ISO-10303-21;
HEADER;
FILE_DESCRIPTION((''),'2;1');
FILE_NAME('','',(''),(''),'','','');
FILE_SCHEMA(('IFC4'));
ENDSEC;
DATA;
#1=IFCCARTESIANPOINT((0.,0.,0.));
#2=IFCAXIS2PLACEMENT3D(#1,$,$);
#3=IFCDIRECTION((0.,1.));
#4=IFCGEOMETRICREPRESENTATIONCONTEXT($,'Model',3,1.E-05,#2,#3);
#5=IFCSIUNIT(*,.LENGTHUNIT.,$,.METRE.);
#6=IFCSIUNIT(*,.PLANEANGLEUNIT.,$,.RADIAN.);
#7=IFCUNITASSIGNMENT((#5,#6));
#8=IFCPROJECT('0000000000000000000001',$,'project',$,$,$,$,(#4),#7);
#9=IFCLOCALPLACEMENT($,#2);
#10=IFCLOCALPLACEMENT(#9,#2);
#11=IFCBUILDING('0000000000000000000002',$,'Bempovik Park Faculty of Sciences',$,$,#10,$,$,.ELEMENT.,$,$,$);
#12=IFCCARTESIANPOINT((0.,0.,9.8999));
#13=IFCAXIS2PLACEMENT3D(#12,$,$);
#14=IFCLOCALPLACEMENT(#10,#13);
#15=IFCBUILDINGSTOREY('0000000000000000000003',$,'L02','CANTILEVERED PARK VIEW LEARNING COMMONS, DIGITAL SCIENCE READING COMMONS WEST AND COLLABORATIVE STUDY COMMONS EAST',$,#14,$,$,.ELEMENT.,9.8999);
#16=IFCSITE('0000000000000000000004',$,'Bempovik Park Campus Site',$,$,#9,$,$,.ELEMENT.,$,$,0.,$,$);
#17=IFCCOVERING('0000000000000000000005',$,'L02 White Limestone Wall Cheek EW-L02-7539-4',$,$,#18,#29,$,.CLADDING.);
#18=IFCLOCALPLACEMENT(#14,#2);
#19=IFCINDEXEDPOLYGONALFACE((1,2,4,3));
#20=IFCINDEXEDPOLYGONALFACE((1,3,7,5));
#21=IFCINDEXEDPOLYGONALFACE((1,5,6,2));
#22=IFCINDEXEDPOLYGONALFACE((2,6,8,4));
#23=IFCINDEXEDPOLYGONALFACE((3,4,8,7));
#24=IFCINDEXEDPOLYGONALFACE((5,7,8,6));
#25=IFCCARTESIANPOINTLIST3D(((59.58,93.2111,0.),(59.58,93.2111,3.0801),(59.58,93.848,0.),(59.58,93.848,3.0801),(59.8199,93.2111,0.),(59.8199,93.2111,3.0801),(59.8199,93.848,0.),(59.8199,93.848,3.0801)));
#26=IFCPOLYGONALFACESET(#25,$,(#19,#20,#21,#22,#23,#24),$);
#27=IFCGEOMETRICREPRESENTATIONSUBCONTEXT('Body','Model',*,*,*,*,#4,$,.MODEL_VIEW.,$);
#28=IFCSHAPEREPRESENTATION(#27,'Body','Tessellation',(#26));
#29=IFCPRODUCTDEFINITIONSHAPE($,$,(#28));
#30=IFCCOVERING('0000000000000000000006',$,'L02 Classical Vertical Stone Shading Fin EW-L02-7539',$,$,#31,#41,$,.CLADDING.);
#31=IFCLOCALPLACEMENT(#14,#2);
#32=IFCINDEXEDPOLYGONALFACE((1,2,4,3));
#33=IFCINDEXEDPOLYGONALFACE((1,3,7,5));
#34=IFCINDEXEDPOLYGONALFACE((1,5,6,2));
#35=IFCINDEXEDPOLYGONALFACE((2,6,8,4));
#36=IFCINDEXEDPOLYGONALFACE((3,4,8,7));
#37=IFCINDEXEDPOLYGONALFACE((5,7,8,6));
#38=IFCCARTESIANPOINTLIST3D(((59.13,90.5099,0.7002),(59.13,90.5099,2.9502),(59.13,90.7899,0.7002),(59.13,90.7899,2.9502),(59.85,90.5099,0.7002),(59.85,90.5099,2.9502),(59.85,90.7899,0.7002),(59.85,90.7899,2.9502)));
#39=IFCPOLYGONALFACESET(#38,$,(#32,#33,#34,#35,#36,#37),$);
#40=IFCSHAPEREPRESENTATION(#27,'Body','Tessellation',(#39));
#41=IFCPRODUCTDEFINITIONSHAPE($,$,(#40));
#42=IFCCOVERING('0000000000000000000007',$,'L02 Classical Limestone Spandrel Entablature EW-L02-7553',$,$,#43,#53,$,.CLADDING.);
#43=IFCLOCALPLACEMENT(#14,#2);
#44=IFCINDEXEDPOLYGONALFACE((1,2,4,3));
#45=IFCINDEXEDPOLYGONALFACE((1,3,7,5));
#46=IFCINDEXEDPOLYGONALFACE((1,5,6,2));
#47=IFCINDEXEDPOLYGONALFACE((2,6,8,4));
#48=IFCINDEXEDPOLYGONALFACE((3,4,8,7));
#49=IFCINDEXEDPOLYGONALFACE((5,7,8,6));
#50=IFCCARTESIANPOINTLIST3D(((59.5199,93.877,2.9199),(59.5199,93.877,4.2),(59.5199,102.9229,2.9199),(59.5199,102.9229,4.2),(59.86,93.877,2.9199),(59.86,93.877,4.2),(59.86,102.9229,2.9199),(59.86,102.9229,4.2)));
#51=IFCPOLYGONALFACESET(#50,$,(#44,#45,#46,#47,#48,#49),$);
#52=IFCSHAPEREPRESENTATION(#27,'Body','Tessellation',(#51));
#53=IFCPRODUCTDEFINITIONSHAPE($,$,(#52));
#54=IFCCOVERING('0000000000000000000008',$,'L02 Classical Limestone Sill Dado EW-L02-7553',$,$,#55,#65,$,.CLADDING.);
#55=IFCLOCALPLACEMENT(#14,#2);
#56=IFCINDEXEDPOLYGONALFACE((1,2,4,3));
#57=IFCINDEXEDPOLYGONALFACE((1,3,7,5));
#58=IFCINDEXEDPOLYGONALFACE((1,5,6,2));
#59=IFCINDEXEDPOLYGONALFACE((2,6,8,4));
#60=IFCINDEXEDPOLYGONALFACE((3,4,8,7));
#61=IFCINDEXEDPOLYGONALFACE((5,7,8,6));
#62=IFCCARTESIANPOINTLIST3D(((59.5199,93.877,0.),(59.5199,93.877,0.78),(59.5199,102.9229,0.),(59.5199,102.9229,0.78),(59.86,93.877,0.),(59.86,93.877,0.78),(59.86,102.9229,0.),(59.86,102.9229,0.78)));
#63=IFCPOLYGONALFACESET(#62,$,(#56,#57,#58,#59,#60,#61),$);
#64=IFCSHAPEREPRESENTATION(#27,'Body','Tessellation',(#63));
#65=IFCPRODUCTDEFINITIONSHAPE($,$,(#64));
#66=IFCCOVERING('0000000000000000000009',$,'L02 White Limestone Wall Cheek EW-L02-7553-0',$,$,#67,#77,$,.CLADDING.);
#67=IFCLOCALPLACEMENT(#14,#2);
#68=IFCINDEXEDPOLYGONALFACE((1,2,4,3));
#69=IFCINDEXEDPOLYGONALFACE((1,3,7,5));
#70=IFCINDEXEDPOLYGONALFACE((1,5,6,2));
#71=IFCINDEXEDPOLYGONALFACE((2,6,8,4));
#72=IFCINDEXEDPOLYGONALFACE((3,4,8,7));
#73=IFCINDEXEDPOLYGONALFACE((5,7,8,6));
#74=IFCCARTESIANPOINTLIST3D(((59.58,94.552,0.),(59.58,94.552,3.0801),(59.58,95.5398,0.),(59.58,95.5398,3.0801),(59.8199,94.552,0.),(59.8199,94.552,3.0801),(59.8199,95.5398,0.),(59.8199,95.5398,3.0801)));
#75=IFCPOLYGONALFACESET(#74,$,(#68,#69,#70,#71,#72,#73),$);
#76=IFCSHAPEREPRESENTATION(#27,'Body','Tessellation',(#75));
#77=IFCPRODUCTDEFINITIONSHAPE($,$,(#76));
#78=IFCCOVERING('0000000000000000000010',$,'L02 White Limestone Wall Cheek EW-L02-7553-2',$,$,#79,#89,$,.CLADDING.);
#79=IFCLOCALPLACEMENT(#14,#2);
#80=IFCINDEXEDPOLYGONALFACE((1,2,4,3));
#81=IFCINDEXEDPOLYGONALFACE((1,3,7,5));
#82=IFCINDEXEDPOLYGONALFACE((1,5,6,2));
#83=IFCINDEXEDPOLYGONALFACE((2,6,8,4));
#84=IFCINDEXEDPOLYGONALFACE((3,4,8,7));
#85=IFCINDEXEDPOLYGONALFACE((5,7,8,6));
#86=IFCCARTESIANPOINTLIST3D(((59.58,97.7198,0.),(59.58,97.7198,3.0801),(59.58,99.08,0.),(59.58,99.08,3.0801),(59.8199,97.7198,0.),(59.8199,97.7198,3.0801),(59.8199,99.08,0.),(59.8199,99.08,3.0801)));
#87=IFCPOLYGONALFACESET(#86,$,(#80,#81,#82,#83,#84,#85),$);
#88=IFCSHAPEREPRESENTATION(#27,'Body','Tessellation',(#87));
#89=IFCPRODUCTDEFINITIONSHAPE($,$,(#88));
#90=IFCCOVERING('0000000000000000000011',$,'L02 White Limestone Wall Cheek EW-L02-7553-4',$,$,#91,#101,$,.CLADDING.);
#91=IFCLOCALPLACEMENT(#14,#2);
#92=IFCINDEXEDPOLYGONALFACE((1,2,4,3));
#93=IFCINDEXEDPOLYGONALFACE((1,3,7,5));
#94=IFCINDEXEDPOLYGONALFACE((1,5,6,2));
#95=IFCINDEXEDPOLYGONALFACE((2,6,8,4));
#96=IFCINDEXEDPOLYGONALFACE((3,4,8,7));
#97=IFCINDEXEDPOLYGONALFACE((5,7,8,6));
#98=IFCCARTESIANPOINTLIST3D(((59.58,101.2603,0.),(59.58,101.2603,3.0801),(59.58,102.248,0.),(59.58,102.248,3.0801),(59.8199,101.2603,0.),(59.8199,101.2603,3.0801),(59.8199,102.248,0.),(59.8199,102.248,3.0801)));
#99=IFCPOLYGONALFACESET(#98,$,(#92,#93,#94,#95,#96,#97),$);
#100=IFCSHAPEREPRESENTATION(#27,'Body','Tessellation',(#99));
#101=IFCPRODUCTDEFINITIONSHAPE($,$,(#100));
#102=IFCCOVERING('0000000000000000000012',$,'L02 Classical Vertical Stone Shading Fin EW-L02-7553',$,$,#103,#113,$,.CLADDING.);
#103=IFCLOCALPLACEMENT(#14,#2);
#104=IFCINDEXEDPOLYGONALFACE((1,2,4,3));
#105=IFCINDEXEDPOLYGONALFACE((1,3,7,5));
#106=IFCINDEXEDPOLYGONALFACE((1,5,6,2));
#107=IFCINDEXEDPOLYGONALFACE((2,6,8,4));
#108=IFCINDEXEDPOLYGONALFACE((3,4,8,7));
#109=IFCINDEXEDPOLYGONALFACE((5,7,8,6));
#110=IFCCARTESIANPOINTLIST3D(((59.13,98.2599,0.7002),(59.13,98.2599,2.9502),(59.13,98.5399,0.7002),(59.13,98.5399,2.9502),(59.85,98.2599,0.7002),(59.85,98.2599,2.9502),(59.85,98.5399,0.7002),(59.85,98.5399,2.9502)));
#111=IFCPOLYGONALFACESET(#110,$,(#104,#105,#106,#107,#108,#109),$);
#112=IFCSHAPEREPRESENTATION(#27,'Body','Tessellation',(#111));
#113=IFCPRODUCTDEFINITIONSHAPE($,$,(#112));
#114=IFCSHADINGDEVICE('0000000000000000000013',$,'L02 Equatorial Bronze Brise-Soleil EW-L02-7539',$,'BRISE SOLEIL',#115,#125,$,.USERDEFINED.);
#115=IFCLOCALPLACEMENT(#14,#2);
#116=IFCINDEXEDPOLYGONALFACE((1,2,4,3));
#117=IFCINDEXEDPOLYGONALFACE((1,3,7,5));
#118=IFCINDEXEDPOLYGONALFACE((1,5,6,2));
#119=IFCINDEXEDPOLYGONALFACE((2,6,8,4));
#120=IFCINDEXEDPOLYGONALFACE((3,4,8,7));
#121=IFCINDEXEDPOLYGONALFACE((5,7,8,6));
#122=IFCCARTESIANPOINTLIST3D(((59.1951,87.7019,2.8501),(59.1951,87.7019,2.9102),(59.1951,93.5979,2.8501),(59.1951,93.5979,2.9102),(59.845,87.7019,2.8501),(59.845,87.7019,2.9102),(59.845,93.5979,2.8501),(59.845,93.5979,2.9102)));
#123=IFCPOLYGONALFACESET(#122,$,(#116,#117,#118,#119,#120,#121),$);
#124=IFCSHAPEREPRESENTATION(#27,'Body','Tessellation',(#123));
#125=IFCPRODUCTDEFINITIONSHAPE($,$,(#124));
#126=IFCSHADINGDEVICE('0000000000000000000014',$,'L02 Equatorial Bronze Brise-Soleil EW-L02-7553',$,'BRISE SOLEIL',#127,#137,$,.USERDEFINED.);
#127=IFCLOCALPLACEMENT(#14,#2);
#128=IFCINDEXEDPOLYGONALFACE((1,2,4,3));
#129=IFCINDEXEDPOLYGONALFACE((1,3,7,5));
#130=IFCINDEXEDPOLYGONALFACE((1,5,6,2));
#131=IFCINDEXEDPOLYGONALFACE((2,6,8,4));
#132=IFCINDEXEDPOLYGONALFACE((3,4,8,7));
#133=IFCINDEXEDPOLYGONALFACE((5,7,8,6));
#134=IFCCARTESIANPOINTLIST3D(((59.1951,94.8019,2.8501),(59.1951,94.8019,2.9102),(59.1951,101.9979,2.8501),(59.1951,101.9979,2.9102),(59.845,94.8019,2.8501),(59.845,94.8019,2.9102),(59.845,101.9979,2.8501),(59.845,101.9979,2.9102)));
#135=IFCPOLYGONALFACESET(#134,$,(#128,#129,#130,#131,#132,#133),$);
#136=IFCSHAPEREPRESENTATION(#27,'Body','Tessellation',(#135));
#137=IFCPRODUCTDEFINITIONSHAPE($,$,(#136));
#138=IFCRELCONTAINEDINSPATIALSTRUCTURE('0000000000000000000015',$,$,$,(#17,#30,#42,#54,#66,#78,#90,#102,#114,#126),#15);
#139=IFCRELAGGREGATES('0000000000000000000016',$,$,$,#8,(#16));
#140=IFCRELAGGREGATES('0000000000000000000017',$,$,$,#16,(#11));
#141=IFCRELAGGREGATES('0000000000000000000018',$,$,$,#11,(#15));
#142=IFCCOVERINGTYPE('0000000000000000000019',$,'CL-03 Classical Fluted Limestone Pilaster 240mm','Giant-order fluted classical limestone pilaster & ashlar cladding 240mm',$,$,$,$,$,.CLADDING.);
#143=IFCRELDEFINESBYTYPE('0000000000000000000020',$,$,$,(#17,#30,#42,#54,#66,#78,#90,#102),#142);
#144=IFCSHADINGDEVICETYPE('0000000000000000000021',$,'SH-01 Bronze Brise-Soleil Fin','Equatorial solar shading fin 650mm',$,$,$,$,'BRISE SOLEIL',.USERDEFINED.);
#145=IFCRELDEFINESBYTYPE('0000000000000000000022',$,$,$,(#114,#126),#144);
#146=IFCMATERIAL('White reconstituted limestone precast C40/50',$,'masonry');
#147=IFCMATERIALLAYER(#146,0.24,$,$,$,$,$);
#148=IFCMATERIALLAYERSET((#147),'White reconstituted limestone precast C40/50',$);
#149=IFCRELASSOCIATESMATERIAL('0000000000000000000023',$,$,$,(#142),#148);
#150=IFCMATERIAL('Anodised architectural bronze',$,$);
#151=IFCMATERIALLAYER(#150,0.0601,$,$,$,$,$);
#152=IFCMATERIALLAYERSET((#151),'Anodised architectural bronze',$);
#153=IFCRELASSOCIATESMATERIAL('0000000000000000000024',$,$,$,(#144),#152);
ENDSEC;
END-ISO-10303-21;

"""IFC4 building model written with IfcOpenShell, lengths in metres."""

from ifc_helpers import new_model, si_unit, direction, frame, origin, origin_2d, place, context, subcontext, project, spatial, rectangle, extrude, material, layer, layer_set, type_object, element, save


model = new_model("IFC4")

# Units and contexts
model_context = context("Model", 3, precision=1e-05, world=origin(), true_north=direction((0.0, 1.0)))
body_context = subcontext(model_context, "Body", "Model", "MODEL_VIEW")
ifc_project = project(units=[si_unit("LENGTHUNIT", "METRE"), si_unit("PLANEANGLEUNIT", "RADIAN")], contexts=[model_context])

# Site, building, storey
site_placement = place(None, origin())
site = spatial("IfcSite", under=ifc_project, at=site_placement, Name="Bempovik Park Campus Site", CompositionType="ELEMENT", RefElevation=0.0)
building_placement = place(site_placement, origin())
building = spatial("IfcBuilding", under=site, at=building_placement, Name="Bempovik Park Faculty of Sciences", CompositionType="ELEMENT")
storey_placement = place(building_placement, frame((0.0, 0.0, 9.8999)))
storey = spatial("IfcBuildingStorey", under=building, at=storey_placement, Name="L02", Description="CANTILEVERED PARK VIEW LEARNING COMMONS, DIGITAL SCIENCE READING COMMONS WEST AND COLLABORATIVE STUDY COMMONS EAST", CompositionType="ELEMENT", Elevation=9.8999)

# Shared definitions
ifc_material_1 = material(Name="Anodised architectural bronze")

# Coverings
ifc_material_2 = material(Name="White reconstituted limestone precast C40/50", Category="masonry")
ifc_layer_1 = layer(ifc_material_2, 0.24)
ifc_layer_set_1 = layer_set([ifc_layer_1], Name="White reconstituted limestone precast C40/50")
covering_type_1 = type_object("IfcCoveringType", Name="CL-03 Classical Fluted Limestone Pilaster 240mm", Description="Giant-order fluted classical limestone pilaster & ashlar cladding 240mm", PredefinedType="CLADDING", material=ifc_layer_set_1)
covering_1_placement = place(storey_placement, frame((59.7, 93.5295, 0.0), z_axis=(0.0, 0.0, 1.0), x_axis=(1.0, 0.0, 0.0)))
element("IfcCovering", 1, at=covering_1_placement, inside=storey, type_object=covering_type_1, Name="L02 White Limestone Wall Cheek EW-L02-7539-4", PredefinedType="CLADDING", context=body_context, shape_type="SweptSolid", body=[
    extrude(rectangle(XDim=0.24, YDim=0.637, at=origin_2d()), origin(), (0.0, 0.0, 1.0), 3.0801),
])
covering_2_placement = place(storey_placement, frame((59.49, 90.6499, 0.7002), z_axis=(0.0, 0.0, 1.0), x_axis=(1.0, 0.0, 0.0)))
element("IfcCovering", 2, at=covering_2_placement, inside=storey, type_object=covering_type_1, Name="L02 Classical Vertical Stone Shading Fin EW-L02-7539", PredefinedType="CLADDING", context=body_context, shape_type="SweptSolid", body=[
    extrude(rectangle(XDim=0.72, YDim=0.28, at=origin_2d()), origin(), (0.0, 0.0, 1.0), 2.25),
])
covering_3_placement = place(storey_placement, frame((59.6899, 98.3999, 2.9199), z_axis=(0.0, 0.0, 1.0), x_axis=(1.0, 0.0, 0.0)))
element("IfcCovering", 3, at=covering_3_placement, inside=storey, type_object=covering_type_1, Name="L02 Classical Limestone Spandrel Entablature EW-L02-7553", PredefinedType="CLADDING", context=body_context, shape_type="SweptSolid", body=[
    extrude(rectangle(XDim=0.3401, YDim=9.0459, at=origin_2d()), origin(), (0.0, 0.0, 1.0), 1.28),
])
covering_4_placement = place(storey_placement, frame((59.6899, 98.3999, 0.0), z_axis=(0.0, 0.0, 1.0), x_axis=(1.0, 0.0, 0.0)))
element("IfcCovering", 4, at=covering_4_placement, inside=storey, type_object=covering_type_1, Name="L02 Classical Limestone Sill Dado EW-L02-7553", PredefinedType="CLADDING", context=body_context, shape_type="SweptSolid", body=[
    extrude(rectangle(XDim=0.3401, YDim=9.0459, at=origin_2d()), origin(), (0.0, 0.0, 1.0), 0.78),
])
covering_5_placement = place(storey_placement, frame((59.7, 95.0459, 0.0), z_axis=(0.0, 0.0, 1.0), x_axis=(1.0, 0.0, 0.0)))
element("IfcCovering", 5, at=covering_5_placement, inside=storey, type_object=covering_type_1, Name="L02 White Limestone Wall Cheek EW-L02-7553-0", PredefinedType="CLADDING", context=body_context, shape_type="SweptSolid", body=[
    extrude(rectangle(XDim=0.24, YDim=0.9878, at=origin_2d()), origin(), (0.0, 0.0, 1.0), 3.0801),
])
covering_6_placement = place(storey_placement, frame((59.7, 98.3999, 0.0), z_axis=(0.0, 0.0, 1.0), x_axis=(1.0, 0.0, 0.0)))
element("IfcCovering", 6, at=covering_6_placement, inside=storey, type_object=covering_type_1, Name="L02 White Limestone Wall Cheek EW-L02-7553-2", PredefinedType="CLADDING", context=body_context, shape_type="SweptSolid", body=[
    extrude(rectangle(XDim=0.24, YDim=1.3601, at=origin_2d()), origin(), (0.0, 0.0, 1.0), 3.0801),
])
covering_7_placement = place(storey_placement, frame((59.7, 101.7542, 0.0), z_axis=(0.0, 0.0, 1.0), x_axis=(1.0, 0.0, 0.0)))
element("IfcCovering", 7, at=covering_7_placement, inside=storey, type_object=covering_type_1, Name="L02 White Limestone Wall Cheek EW-L02-7553-4", PredefinedType="CLADDING", context=body_context, shape_type="SweptSolid", body=[
    extrude(rectangle(XDim=0.24, YDim=0.9878, at=origin_2d()), origin(), (0.0, 0.0, 1.0), 3.0801),
])
covering_8_placement = place(storey_placement, frame((59.49, 98.3999, 0.7002), z_axis=(0.0, 0.0, 1.0), x_axis=(1.0, 0.0, 0.0)))
element("IfcCovering", 8, at=covering_8_placement, inside=storey, type_object=covering_type_1, Name="L02 Classical Vertical Stone Shading Fin EW-L02-7553", PredefinedType="CLADDING", context=body_context, shape_type="SweptSolid", body=[
    extrude(rectangle(XDim=0.72, YDim=0.28, at=origin_2d()), origin(), (0.0, 0.0, 1.0), 2.25),
])

# Shading devices
ifc_layer_2 = layer(ifc_material_1, 0.0601)
ifc_layer_set_2 = layer_set([ifc_layer_2], Name="Anodised architectural bronze")
shading_device_type = type_object("IfcShadingDeviceType", Name="SH-01 Bronze Brise-Soleil Fin", Description="Equatorial solar shading fin 650mm", ElementType="BRISE SOLEIL", PredefinedType="USERDEFINED", material=ifc_layer_set_2)
shading_device_1_placement = place(storey_placement, frame((59.52, 90.6499, 2.8501), z_axis=(0.0, 0.0, 1.0), x_axis=(1.0, 0.0, 0.0)))
element("IfcShadingDevice", 9, at=shading_device_1_placement, inside=storey, type_object=shading_device_type, Name="L02 Equatorial Bronze Brise-Soleil EW-L02-7539", ObjectType="BRISE SOLEIL", PredefinedType="USERDEFINED", context=body_context, shape_type="SweptSolid", body=[
    extrude(rectangle(XDim=0.6499, YDim=5.896, at=origin_2d()), origin(), (0.0, 0.0, 1.0), 0.0601),
])
shading_device_2_placement = place(storey_placement, frame((59.52, 98.3999, 2.8501), z_axis=(0.0, 0.0, 1.0), x_axis=(1.0, 0.0, 0.0)))
element("IfcShadingDevice", 10, at=shading_device_2_placement, inside=storey, type_object=shading_device_type, Name="L02 Equatorial Bronze Brise-Soleil EW-L02-7553", ObjectType="BRISE SOLEIL", PredefinedType="USERDEFINED", context=body_context, shape_type="SweptSolid", body=[
    extrude(rectangle(XDim=0.6499, YDim=7.196, at=origin_2d()), origin(), (0.0, 0.0, 1.0), 0.0601),
])

save(model, "model.ifc")
